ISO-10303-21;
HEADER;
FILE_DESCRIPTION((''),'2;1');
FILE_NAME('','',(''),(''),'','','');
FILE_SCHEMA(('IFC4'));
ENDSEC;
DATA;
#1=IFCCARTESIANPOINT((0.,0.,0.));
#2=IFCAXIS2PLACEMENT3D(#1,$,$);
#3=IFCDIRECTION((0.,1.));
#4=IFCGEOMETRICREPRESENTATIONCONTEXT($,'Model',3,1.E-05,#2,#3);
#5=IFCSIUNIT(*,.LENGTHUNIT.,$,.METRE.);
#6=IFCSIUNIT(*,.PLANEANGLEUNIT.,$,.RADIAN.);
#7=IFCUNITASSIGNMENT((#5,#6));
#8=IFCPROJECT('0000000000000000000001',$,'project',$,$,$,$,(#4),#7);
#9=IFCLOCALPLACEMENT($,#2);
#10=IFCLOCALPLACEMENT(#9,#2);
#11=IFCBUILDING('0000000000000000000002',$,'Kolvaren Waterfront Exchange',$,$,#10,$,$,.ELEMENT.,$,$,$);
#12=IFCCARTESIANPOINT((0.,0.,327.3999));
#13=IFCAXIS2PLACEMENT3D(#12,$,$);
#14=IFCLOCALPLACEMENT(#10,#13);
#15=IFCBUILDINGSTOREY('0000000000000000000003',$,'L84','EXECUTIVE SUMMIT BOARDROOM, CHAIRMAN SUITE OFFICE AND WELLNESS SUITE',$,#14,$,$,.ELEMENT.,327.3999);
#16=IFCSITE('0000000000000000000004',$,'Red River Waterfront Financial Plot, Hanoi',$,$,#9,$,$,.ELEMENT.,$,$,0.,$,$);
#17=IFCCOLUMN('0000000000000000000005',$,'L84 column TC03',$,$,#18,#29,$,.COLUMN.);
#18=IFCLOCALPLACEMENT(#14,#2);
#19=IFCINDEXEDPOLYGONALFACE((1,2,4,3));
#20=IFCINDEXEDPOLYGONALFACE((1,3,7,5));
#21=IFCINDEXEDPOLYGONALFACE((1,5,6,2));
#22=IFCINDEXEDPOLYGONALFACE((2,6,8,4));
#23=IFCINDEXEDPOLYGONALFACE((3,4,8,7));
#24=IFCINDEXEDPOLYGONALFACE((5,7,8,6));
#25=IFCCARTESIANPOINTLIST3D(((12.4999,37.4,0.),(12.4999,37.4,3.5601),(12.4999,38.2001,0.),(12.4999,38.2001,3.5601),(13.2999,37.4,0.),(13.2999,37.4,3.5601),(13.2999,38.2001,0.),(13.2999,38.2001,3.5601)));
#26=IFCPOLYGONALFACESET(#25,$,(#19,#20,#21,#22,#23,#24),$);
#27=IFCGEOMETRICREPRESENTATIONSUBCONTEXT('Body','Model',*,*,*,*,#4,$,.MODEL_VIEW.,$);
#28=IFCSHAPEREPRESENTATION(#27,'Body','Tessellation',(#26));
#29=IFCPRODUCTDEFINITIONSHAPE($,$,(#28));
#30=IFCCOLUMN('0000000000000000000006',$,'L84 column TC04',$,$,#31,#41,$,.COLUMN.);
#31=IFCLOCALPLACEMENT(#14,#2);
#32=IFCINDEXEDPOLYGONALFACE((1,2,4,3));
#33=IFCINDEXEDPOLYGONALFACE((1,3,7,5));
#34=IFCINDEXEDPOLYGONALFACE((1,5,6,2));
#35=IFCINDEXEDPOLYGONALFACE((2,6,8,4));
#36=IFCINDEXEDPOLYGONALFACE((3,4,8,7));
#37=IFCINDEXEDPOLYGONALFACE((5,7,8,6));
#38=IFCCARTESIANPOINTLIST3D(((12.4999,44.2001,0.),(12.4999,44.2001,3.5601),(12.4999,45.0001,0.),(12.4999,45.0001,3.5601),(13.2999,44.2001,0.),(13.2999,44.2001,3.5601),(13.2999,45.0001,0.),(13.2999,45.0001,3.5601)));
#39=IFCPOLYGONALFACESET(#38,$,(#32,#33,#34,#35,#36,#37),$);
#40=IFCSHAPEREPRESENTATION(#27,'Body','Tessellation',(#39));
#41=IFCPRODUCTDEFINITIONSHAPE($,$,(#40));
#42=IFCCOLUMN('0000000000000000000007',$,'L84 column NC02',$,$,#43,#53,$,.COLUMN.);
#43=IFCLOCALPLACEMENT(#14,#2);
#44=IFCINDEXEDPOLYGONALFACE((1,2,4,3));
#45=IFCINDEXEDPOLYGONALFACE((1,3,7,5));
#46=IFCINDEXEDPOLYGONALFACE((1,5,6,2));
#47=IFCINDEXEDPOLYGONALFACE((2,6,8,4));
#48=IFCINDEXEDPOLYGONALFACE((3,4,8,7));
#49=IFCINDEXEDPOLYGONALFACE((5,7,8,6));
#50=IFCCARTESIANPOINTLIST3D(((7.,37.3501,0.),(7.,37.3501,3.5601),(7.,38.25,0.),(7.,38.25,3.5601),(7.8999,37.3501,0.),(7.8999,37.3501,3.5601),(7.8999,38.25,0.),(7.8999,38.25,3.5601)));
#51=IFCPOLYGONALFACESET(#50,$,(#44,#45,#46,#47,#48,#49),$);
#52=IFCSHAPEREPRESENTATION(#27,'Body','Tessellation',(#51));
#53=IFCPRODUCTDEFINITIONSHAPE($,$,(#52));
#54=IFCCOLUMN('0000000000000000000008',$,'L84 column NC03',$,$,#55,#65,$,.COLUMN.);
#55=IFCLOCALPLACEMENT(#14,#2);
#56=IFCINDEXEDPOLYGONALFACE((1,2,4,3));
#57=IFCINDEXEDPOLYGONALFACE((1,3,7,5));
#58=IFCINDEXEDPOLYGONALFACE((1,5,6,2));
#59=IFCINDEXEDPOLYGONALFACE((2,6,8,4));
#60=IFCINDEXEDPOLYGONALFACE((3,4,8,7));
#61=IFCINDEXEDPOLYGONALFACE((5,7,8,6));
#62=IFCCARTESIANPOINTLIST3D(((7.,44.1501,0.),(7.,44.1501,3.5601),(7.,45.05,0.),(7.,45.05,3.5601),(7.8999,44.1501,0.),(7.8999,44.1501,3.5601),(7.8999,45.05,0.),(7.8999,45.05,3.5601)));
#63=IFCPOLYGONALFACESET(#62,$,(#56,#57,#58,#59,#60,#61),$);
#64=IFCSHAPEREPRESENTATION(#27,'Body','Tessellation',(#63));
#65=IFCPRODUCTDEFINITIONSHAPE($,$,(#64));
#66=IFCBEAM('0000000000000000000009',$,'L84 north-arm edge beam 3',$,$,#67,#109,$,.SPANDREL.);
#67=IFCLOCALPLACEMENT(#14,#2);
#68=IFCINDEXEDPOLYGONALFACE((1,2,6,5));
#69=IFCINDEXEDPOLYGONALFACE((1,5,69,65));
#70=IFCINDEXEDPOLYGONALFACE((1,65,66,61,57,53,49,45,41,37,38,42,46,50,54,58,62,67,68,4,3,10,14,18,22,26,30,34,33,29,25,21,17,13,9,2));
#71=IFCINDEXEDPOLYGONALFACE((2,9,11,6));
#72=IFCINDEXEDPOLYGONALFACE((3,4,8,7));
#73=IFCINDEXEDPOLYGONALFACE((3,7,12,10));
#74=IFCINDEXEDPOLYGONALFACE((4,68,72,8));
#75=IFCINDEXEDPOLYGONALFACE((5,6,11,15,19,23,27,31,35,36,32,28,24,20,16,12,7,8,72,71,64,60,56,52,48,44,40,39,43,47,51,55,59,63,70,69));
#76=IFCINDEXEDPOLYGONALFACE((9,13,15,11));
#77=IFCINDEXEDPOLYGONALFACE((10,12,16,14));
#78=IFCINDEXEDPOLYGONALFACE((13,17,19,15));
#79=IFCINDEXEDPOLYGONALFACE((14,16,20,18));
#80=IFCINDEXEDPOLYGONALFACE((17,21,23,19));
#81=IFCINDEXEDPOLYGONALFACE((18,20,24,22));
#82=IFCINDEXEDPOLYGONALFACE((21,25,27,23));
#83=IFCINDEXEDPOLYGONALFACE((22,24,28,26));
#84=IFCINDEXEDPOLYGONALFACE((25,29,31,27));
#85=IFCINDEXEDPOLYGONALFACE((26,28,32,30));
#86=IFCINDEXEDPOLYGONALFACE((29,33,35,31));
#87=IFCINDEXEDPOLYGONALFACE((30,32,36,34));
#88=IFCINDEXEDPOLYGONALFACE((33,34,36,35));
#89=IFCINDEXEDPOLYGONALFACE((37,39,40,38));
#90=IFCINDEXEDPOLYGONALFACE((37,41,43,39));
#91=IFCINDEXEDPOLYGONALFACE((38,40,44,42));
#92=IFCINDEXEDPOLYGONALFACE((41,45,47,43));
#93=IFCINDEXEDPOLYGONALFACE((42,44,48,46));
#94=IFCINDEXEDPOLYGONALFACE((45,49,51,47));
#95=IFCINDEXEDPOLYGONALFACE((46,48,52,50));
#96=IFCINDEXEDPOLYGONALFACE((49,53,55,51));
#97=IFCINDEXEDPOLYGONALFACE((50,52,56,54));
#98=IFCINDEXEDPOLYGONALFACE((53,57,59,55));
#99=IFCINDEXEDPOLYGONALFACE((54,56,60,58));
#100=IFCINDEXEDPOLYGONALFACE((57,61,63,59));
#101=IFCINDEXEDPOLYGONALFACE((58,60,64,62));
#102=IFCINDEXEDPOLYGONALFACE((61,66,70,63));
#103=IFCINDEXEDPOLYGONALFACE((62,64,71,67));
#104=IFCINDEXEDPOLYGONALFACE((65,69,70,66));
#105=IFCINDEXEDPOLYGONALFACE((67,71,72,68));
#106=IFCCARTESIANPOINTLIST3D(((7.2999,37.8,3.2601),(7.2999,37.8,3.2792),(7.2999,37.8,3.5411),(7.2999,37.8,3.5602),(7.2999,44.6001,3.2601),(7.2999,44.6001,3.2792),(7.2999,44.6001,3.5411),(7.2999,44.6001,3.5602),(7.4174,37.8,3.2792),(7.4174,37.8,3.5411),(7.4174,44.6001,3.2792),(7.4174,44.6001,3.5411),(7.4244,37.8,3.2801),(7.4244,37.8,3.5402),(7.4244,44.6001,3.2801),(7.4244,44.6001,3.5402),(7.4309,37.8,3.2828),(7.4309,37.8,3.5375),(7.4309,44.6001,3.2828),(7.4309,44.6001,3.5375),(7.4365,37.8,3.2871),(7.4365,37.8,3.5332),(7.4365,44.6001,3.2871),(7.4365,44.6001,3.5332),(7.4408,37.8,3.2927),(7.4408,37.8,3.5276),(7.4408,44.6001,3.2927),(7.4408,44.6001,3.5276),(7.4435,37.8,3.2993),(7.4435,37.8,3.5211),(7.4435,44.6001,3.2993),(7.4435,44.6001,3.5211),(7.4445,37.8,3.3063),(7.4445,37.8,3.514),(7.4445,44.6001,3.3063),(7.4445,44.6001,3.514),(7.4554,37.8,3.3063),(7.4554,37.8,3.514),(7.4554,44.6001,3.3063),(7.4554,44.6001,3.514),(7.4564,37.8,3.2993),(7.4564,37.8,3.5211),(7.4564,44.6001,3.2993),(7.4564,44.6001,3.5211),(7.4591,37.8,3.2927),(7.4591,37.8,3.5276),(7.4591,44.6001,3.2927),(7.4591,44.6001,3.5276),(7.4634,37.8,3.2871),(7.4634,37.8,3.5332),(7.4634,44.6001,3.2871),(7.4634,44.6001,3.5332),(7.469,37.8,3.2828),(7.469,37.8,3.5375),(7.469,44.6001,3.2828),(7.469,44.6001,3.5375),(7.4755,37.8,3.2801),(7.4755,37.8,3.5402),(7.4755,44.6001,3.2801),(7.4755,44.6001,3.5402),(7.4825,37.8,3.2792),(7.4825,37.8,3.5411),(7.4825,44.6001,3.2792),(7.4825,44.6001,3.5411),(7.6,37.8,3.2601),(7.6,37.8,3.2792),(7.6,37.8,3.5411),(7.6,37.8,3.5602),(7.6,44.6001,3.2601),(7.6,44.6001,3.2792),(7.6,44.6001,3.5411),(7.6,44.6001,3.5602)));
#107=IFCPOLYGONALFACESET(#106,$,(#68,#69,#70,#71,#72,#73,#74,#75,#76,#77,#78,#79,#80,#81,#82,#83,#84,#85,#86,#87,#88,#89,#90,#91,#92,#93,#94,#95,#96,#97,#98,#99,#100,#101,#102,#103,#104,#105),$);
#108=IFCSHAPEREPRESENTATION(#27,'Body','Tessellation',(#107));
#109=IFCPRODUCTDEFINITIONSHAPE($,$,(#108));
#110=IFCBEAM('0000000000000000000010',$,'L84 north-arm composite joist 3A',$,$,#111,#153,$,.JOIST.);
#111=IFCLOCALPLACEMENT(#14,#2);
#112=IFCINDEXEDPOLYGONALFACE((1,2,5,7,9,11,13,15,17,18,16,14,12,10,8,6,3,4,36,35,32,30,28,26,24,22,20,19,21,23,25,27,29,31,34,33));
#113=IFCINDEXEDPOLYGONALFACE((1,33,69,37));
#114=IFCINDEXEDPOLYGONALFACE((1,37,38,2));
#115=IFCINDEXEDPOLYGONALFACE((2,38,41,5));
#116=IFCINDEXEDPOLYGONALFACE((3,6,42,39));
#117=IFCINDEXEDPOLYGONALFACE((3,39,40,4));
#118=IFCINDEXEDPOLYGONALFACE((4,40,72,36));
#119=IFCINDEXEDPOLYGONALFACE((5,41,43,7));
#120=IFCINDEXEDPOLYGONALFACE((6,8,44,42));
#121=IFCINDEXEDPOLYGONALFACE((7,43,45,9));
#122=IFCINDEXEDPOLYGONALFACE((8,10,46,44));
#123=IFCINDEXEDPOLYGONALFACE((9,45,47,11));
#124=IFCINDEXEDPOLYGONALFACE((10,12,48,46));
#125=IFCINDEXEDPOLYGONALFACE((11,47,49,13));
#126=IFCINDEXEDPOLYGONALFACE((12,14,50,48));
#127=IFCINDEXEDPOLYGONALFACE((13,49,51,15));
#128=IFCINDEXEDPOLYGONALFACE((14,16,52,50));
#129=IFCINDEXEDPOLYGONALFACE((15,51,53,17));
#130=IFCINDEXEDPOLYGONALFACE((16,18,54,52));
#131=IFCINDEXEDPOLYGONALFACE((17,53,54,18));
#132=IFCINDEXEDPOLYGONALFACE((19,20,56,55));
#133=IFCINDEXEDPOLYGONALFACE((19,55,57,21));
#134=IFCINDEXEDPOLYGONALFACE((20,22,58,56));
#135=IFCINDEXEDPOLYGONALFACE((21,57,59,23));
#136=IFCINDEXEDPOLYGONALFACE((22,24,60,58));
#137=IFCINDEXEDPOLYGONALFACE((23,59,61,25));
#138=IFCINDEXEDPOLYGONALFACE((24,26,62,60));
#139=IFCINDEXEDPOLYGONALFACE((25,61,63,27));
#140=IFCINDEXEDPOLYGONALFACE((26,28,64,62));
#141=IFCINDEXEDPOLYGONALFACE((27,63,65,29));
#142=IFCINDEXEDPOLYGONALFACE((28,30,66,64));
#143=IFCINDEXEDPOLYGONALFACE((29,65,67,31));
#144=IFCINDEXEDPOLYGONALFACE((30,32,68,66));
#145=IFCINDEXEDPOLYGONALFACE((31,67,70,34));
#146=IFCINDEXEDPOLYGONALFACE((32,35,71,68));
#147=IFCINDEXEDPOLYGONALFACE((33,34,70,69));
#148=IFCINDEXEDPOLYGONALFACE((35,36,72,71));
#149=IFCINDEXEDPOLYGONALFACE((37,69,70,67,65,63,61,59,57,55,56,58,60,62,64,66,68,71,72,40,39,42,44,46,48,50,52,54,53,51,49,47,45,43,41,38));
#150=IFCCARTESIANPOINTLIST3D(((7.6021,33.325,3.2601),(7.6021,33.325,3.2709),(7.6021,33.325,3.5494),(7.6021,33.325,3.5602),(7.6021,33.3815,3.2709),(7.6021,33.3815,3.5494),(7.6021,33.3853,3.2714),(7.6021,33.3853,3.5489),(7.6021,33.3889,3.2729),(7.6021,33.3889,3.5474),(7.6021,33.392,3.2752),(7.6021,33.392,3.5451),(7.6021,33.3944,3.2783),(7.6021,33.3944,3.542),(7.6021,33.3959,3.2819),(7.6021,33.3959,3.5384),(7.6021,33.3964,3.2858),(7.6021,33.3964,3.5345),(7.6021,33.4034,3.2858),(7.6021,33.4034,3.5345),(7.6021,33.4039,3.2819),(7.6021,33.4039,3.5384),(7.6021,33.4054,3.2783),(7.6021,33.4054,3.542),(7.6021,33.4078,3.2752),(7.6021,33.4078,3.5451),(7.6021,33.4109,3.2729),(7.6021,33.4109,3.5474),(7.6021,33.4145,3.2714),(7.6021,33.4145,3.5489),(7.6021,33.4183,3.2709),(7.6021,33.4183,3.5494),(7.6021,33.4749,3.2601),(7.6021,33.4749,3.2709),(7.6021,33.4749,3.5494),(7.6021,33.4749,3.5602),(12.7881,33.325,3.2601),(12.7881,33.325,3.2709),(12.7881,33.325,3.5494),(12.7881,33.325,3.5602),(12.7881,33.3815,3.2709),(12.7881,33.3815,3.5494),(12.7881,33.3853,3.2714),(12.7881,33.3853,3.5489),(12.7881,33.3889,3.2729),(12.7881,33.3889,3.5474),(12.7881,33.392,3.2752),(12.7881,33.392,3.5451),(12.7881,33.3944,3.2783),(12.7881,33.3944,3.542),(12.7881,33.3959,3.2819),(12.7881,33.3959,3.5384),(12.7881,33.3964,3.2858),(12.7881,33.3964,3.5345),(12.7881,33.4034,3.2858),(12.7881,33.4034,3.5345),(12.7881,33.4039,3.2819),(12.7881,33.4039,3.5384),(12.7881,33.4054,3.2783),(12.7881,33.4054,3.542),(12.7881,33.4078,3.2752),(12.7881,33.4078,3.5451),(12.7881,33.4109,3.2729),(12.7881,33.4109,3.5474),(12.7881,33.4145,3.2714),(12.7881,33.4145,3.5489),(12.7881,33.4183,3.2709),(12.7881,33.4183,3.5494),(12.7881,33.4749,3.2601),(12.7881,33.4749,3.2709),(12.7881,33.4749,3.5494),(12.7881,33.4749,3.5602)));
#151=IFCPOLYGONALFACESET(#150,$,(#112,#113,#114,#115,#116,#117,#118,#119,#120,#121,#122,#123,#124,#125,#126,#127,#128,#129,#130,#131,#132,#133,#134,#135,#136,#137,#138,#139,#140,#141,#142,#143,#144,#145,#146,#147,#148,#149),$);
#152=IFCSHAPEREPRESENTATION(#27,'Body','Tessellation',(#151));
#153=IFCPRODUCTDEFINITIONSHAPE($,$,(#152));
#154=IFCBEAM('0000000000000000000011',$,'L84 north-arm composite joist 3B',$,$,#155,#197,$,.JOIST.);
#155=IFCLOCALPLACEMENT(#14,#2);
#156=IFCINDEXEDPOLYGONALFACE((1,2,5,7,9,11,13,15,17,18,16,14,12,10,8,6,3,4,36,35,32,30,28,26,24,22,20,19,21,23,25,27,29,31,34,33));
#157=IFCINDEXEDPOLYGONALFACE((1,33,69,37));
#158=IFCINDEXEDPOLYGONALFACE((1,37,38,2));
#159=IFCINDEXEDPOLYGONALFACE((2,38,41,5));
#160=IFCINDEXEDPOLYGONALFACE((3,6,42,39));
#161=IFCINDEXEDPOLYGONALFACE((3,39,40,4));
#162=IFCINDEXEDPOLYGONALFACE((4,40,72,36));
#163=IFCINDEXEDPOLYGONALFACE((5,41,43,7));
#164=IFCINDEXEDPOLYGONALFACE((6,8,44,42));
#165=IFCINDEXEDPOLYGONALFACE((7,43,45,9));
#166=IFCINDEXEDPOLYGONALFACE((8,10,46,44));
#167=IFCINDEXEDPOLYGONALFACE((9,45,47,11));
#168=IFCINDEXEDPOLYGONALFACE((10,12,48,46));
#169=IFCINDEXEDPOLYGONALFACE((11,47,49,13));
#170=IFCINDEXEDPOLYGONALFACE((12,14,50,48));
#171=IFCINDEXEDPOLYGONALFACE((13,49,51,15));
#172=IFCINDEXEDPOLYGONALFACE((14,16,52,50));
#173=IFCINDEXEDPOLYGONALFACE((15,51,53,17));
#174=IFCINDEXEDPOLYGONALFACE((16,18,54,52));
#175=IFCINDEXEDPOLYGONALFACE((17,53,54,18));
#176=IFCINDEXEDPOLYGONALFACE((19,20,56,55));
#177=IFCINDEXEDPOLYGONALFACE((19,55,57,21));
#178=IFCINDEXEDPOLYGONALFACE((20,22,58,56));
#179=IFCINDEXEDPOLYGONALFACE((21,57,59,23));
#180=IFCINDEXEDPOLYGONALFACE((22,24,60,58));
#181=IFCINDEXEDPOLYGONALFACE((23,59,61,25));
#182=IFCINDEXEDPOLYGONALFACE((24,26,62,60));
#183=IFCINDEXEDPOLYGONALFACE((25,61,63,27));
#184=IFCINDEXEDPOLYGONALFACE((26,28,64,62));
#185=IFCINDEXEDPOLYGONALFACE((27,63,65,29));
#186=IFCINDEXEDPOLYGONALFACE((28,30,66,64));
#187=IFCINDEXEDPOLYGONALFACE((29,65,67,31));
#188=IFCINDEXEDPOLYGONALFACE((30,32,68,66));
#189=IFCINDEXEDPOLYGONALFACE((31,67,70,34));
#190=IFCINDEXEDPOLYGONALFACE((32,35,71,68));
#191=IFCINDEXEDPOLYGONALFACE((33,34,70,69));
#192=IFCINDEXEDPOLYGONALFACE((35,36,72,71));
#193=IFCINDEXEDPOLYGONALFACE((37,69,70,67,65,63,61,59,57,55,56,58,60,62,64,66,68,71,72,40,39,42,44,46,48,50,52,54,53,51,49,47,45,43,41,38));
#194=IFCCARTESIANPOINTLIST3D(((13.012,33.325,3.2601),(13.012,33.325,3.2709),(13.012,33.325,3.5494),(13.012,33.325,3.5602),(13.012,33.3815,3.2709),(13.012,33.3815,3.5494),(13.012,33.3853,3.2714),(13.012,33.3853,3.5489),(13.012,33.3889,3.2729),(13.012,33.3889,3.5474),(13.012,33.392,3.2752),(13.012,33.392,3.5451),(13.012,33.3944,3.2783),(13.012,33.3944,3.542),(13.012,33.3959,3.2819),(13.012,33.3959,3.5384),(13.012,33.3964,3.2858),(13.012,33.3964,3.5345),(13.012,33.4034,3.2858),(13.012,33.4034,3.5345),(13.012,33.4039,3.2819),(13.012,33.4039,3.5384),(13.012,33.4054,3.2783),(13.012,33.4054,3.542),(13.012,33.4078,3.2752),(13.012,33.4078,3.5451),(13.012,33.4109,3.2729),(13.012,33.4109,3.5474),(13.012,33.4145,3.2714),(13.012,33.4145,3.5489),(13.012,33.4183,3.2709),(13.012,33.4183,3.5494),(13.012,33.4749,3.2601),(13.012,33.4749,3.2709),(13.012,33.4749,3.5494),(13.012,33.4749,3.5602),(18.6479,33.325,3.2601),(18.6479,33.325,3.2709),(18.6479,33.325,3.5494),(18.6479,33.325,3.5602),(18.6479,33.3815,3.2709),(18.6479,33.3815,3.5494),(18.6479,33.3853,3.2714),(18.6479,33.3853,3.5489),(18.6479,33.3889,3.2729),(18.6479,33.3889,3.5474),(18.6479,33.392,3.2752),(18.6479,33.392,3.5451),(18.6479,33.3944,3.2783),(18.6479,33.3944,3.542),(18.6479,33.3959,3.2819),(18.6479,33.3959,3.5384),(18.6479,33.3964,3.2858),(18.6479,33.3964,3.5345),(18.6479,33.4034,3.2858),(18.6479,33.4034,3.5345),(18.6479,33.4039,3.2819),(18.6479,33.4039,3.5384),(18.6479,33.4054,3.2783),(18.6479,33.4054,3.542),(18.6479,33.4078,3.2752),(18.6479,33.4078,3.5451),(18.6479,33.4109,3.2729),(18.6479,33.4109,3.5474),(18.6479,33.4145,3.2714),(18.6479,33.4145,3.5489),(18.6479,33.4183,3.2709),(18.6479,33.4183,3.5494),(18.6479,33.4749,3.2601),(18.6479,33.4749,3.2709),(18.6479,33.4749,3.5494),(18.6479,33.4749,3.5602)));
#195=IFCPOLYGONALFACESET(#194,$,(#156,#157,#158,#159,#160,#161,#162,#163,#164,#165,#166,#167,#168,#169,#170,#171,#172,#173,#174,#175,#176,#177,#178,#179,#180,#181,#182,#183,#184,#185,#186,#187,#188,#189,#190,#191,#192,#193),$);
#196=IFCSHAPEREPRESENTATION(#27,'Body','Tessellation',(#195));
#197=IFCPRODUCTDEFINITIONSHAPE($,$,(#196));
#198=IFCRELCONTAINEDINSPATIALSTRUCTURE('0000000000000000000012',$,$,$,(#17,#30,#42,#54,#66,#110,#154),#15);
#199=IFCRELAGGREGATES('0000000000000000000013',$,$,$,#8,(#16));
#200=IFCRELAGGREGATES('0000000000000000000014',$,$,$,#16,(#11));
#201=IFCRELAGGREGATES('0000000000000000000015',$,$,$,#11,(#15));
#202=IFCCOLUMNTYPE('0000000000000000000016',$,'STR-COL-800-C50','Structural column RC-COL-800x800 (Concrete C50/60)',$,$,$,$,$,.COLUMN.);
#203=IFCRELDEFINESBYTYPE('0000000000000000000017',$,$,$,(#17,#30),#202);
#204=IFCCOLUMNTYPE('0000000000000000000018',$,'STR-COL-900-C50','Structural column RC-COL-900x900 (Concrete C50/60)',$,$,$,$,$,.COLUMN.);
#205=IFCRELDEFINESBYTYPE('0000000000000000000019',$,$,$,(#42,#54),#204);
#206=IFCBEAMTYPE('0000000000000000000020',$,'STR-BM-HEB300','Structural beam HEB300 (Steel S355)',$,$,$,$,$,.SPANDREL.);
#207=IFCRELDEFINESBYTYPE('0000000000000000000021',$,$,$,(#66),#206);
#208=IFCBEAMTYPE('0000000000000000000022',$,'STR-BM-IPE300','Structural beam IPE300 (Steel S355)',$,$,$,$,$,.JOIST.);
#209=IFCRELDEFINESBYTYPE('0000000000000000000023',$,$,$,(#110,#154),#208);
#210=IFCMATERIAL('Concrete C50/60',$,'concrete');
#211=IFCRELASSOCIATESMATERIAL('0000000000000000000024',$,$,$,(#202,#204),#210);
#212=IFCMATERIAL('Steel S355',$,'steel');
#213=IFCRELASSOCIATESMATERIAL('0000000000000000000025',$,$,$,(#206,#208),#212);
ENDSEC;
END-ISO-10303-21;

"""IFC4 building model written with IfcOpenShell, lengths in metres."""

from ifc_helpers import new_model, si_unit, direction, frame, origin, origin_2d, place, context, subcontext, project, spatial, rectangle, i_section, extrude, material, material_profile, profile_set, type_object, element, save


model = new_model("IFC4")

# Units and contexts
model_context = context("Model", 3, precision=1e-05, world=origin(), true_north=direction((0.0, 1.0)))
body_context = subcontext(model_context, "Body", "Model", "MODEL_VIEW")
ifc_project = project(units=[si_unit("LENGTHUNIT", "METRE"), si_unit("PLANEANGLEUNIT", "RADIAN")], contexts=[model_context])

# Site, building, storey
site_placement = place(None, origin())
site = spatial("IfcSite", under=ifc_project, at=site_placement, Name="Red River Waterfront Financial Plot, Hanoi", CompositionType="ELEMENT", RefElevation=0.0)
building_placement = place(site_placement, origin())
building = spatial("IfcBuilding", under=site, at=building_placement, Name="Kolvaren Waterfront Exchange", CompositionType="ELEMENT")
storey_placement = place(building_placement, frame((0.0, 0.0, 327.3999)))
storey = spatial("IfcBuildingStorey", under=building, at=storey_placement, Name="L84", Description="EXECUTIVE SUMMIT BOARDROOM, CHAIRMAN SUITE OFFICE AND WELLNESS SUITE", CompositionType="ELEMENT", Elevation=327.3999)

# Columns
ifc_material_1 = material(Name="Concrete C50/60", Category="concrete")
ifc_material_profile_1 = material_profile(ifc_material_1, rectangle(XDim=0.8, YDim=0.8, at=origin_2d()), Name="RC-COL-800x800")
ifc_profile_set_1 = profile_set([ifc_material_profile_1], Name="Concrete C50/60")
column_type_1 = type_object("IfcColumnType", Name="STR-COL-800-C50", Description="Structural column RC-COL-800x800 (Concrete C50/60)", PredefinedType="COLUMN", material=ifc_profile_set_1)
for number, where, z_axis, x_axis, name in (
    (1, (12.8999, 37.8, 0.0), (0.0, 0.0, 1.0), (1.0, 0.0, 0.0), "L84 column TC03"),
    (2, (12.8999, 44.6001, 0.0), (0.0, 0.0, 1.0), (1.0, 0.0, 0.0), "L84 column TC04"),
):
    element("IfcColumn", number, at=place(storey_placement, frame(where, z_axis=z_axis, x_axis=x_axis)), inside=storey, type_object=column_type_1, Name=name, PredefinedType="COLUMN", context=body_context, shape_type="SweptSolid", body=[
        extrude(rectangle(XDim=0.8, YDim=0.8, at=origin_2d()), origin(), (0.0, 0.0, 1.0), 3.5601),
    ])
ifc_material_profile_2 = material_profile(ifc_material_1, rectangle(XDim=0.8999, YDim=0.8999, at=origin_2d()), Name="RC-COL-900x900")
ifc_profile_set_2 = profile_set([ifc_material_profile_2], Name="Concrete C50/60")
column_type_2 = type_object("IfcColumnType", Name="STR-COL-900-C50", Description="Structural column RC-COL-900x900 (Concrete C50/60)", PredefinedType="COLUMN", material=ifc_profile_set_2)
for number, where, z_axis, x_axis, name in (
    (3, (7.45, 37.8, 0.0), (0.0, 0.0, 1.0), (1.0, 0.0, 0.0), "L84 column NC02"),
    (4, (7.45, 44.6001, 0.0), (0.0, 0.0, 1.0), (1.0, 0.0, 0.0), "L84 column NC03"),
):
    element("IfcColumn", number, at=place(storey_placement, frame(where, z_axis=z_axis, x_axis=x_axis)), inside=storey, type_object=column_type_2, Name=name, PredefinedType="COLUMN", context=body_context, shape_type="SweptSolid", body=[
        extrude(rectangle(XDim=0.8999, YDim=0.8999, at=origin_2d()), origin(), (0.0, 0.0, 1.0), 3.5601),
    ])

# Beams
ifc_material_2 = material(Name="Steel S355", Category="steel")
ifc_material_profile_3 = material_profile(ifc_material_2, i_section(OverallWidth=0.3, OverallDepth=0.3, WebThickness=0.011, FlangeThickness=0.019, FilletRadius=0.0271, at=origin_2d()), Name="HEB300")
ifc_profile_set_3 = profile_set([ifc_material_profile_3], Name="Steel S355")
beam_type_1 = type_object("IfcBeamType", Name="STR-BM-HEB300", Description="Structural beam HEB300 (Steel S355)", PredefinedType="SPANDREL", material=ifc_profile_set_3)
beam_1_placement = place(storey_placement, frame((7.45, 37.8, 3.4102), z_axis=(0.0, 1.0, 0.0), x_axis=(-1.0, 0.0, 0.0)))
element("IfcBeam", 5, at=beam_1_placement, inside=storey, type_object=beam_type_1, Name="L84 north-arm edge beam 3", PredefinedType="SPANDREL", context=body_context, shape_type="SweptSolid", body=[
    extrude(i_section(OverallWidth=0.3, OverallDepth=0.3, WebThickness=0.011, FlangeThickness=0.019, FilletRadius=0.0271, at=origin_2d()), origin(), (0.0, 0.0, 1.0), 6.8),
])
ifc_material_profile_4 = material_profile(ifc_material_2, i_section(OverallWidth=0.1499, OverallDepth=0.3, WebThickness=0.0071, FlangeThickness=0.0107, FilletRadius=0.0149, at=origin_2d()), Name="IPE300")
ifc_profile_set_4 = profile_set([ifc_material_profile_4], Name="Steel S355")
beam_type_2 = type_object("IfcBeamType", Name="STR-BM-IPE300", Description="Structural beam IPE300 (Steel S355)", PredefinedType="JOIST", material=ifc_profile_set_4)
beam_2_placement = place(storey_placement, frame((7.6021, 33.3999, 3.4102), z_axis=(1.0, 0.0, 0.0), x_axis=(0.0, 1.0, 0.0)))
element("IfcBeam", 6, at=beam_2_placement, inside=storey, type_object=beam_type_2, Name="L84 north-arm composite joist 3A", PredefinedType="JOIST", context=body_context, shape_type="SweptSolid", body=[
    extrude(i_section(OverallWidth=0.1499, OverallDepth=0.3, WebThickness=0.0071, FlangeThickness=0.0107, FilletRadius=0.0149, at=origin_2d()), origin(), (0.0, 0.0, 1.0), 5.186),
])
beam_3_placement = place(storey_placement, frame((13.012, 33.3999, 3.4102), z_axis=(1.0, 0.0, 0.0), x_axis=(0.0, 1.0, 0.0)))
element("IfcBeam", 7, at=beam_3_placement, inside=storey, type_object=beam_type_2, Name="L84 north-arm composite joist 3B", PredefinedType="JOIST", context=body_context, shape_type="SweptSolid", body=[
    extrude(i_section(OverallWidth=0.1499, OverallDepth=0.3, WebThickness=0.0071, FlangeThickness=0.0107, FilletRadius=0.0149, at=origin_2d()), origin(), (0.0, 0.0, 1.0), 5.636),
])

save(model, "model.ifc")
